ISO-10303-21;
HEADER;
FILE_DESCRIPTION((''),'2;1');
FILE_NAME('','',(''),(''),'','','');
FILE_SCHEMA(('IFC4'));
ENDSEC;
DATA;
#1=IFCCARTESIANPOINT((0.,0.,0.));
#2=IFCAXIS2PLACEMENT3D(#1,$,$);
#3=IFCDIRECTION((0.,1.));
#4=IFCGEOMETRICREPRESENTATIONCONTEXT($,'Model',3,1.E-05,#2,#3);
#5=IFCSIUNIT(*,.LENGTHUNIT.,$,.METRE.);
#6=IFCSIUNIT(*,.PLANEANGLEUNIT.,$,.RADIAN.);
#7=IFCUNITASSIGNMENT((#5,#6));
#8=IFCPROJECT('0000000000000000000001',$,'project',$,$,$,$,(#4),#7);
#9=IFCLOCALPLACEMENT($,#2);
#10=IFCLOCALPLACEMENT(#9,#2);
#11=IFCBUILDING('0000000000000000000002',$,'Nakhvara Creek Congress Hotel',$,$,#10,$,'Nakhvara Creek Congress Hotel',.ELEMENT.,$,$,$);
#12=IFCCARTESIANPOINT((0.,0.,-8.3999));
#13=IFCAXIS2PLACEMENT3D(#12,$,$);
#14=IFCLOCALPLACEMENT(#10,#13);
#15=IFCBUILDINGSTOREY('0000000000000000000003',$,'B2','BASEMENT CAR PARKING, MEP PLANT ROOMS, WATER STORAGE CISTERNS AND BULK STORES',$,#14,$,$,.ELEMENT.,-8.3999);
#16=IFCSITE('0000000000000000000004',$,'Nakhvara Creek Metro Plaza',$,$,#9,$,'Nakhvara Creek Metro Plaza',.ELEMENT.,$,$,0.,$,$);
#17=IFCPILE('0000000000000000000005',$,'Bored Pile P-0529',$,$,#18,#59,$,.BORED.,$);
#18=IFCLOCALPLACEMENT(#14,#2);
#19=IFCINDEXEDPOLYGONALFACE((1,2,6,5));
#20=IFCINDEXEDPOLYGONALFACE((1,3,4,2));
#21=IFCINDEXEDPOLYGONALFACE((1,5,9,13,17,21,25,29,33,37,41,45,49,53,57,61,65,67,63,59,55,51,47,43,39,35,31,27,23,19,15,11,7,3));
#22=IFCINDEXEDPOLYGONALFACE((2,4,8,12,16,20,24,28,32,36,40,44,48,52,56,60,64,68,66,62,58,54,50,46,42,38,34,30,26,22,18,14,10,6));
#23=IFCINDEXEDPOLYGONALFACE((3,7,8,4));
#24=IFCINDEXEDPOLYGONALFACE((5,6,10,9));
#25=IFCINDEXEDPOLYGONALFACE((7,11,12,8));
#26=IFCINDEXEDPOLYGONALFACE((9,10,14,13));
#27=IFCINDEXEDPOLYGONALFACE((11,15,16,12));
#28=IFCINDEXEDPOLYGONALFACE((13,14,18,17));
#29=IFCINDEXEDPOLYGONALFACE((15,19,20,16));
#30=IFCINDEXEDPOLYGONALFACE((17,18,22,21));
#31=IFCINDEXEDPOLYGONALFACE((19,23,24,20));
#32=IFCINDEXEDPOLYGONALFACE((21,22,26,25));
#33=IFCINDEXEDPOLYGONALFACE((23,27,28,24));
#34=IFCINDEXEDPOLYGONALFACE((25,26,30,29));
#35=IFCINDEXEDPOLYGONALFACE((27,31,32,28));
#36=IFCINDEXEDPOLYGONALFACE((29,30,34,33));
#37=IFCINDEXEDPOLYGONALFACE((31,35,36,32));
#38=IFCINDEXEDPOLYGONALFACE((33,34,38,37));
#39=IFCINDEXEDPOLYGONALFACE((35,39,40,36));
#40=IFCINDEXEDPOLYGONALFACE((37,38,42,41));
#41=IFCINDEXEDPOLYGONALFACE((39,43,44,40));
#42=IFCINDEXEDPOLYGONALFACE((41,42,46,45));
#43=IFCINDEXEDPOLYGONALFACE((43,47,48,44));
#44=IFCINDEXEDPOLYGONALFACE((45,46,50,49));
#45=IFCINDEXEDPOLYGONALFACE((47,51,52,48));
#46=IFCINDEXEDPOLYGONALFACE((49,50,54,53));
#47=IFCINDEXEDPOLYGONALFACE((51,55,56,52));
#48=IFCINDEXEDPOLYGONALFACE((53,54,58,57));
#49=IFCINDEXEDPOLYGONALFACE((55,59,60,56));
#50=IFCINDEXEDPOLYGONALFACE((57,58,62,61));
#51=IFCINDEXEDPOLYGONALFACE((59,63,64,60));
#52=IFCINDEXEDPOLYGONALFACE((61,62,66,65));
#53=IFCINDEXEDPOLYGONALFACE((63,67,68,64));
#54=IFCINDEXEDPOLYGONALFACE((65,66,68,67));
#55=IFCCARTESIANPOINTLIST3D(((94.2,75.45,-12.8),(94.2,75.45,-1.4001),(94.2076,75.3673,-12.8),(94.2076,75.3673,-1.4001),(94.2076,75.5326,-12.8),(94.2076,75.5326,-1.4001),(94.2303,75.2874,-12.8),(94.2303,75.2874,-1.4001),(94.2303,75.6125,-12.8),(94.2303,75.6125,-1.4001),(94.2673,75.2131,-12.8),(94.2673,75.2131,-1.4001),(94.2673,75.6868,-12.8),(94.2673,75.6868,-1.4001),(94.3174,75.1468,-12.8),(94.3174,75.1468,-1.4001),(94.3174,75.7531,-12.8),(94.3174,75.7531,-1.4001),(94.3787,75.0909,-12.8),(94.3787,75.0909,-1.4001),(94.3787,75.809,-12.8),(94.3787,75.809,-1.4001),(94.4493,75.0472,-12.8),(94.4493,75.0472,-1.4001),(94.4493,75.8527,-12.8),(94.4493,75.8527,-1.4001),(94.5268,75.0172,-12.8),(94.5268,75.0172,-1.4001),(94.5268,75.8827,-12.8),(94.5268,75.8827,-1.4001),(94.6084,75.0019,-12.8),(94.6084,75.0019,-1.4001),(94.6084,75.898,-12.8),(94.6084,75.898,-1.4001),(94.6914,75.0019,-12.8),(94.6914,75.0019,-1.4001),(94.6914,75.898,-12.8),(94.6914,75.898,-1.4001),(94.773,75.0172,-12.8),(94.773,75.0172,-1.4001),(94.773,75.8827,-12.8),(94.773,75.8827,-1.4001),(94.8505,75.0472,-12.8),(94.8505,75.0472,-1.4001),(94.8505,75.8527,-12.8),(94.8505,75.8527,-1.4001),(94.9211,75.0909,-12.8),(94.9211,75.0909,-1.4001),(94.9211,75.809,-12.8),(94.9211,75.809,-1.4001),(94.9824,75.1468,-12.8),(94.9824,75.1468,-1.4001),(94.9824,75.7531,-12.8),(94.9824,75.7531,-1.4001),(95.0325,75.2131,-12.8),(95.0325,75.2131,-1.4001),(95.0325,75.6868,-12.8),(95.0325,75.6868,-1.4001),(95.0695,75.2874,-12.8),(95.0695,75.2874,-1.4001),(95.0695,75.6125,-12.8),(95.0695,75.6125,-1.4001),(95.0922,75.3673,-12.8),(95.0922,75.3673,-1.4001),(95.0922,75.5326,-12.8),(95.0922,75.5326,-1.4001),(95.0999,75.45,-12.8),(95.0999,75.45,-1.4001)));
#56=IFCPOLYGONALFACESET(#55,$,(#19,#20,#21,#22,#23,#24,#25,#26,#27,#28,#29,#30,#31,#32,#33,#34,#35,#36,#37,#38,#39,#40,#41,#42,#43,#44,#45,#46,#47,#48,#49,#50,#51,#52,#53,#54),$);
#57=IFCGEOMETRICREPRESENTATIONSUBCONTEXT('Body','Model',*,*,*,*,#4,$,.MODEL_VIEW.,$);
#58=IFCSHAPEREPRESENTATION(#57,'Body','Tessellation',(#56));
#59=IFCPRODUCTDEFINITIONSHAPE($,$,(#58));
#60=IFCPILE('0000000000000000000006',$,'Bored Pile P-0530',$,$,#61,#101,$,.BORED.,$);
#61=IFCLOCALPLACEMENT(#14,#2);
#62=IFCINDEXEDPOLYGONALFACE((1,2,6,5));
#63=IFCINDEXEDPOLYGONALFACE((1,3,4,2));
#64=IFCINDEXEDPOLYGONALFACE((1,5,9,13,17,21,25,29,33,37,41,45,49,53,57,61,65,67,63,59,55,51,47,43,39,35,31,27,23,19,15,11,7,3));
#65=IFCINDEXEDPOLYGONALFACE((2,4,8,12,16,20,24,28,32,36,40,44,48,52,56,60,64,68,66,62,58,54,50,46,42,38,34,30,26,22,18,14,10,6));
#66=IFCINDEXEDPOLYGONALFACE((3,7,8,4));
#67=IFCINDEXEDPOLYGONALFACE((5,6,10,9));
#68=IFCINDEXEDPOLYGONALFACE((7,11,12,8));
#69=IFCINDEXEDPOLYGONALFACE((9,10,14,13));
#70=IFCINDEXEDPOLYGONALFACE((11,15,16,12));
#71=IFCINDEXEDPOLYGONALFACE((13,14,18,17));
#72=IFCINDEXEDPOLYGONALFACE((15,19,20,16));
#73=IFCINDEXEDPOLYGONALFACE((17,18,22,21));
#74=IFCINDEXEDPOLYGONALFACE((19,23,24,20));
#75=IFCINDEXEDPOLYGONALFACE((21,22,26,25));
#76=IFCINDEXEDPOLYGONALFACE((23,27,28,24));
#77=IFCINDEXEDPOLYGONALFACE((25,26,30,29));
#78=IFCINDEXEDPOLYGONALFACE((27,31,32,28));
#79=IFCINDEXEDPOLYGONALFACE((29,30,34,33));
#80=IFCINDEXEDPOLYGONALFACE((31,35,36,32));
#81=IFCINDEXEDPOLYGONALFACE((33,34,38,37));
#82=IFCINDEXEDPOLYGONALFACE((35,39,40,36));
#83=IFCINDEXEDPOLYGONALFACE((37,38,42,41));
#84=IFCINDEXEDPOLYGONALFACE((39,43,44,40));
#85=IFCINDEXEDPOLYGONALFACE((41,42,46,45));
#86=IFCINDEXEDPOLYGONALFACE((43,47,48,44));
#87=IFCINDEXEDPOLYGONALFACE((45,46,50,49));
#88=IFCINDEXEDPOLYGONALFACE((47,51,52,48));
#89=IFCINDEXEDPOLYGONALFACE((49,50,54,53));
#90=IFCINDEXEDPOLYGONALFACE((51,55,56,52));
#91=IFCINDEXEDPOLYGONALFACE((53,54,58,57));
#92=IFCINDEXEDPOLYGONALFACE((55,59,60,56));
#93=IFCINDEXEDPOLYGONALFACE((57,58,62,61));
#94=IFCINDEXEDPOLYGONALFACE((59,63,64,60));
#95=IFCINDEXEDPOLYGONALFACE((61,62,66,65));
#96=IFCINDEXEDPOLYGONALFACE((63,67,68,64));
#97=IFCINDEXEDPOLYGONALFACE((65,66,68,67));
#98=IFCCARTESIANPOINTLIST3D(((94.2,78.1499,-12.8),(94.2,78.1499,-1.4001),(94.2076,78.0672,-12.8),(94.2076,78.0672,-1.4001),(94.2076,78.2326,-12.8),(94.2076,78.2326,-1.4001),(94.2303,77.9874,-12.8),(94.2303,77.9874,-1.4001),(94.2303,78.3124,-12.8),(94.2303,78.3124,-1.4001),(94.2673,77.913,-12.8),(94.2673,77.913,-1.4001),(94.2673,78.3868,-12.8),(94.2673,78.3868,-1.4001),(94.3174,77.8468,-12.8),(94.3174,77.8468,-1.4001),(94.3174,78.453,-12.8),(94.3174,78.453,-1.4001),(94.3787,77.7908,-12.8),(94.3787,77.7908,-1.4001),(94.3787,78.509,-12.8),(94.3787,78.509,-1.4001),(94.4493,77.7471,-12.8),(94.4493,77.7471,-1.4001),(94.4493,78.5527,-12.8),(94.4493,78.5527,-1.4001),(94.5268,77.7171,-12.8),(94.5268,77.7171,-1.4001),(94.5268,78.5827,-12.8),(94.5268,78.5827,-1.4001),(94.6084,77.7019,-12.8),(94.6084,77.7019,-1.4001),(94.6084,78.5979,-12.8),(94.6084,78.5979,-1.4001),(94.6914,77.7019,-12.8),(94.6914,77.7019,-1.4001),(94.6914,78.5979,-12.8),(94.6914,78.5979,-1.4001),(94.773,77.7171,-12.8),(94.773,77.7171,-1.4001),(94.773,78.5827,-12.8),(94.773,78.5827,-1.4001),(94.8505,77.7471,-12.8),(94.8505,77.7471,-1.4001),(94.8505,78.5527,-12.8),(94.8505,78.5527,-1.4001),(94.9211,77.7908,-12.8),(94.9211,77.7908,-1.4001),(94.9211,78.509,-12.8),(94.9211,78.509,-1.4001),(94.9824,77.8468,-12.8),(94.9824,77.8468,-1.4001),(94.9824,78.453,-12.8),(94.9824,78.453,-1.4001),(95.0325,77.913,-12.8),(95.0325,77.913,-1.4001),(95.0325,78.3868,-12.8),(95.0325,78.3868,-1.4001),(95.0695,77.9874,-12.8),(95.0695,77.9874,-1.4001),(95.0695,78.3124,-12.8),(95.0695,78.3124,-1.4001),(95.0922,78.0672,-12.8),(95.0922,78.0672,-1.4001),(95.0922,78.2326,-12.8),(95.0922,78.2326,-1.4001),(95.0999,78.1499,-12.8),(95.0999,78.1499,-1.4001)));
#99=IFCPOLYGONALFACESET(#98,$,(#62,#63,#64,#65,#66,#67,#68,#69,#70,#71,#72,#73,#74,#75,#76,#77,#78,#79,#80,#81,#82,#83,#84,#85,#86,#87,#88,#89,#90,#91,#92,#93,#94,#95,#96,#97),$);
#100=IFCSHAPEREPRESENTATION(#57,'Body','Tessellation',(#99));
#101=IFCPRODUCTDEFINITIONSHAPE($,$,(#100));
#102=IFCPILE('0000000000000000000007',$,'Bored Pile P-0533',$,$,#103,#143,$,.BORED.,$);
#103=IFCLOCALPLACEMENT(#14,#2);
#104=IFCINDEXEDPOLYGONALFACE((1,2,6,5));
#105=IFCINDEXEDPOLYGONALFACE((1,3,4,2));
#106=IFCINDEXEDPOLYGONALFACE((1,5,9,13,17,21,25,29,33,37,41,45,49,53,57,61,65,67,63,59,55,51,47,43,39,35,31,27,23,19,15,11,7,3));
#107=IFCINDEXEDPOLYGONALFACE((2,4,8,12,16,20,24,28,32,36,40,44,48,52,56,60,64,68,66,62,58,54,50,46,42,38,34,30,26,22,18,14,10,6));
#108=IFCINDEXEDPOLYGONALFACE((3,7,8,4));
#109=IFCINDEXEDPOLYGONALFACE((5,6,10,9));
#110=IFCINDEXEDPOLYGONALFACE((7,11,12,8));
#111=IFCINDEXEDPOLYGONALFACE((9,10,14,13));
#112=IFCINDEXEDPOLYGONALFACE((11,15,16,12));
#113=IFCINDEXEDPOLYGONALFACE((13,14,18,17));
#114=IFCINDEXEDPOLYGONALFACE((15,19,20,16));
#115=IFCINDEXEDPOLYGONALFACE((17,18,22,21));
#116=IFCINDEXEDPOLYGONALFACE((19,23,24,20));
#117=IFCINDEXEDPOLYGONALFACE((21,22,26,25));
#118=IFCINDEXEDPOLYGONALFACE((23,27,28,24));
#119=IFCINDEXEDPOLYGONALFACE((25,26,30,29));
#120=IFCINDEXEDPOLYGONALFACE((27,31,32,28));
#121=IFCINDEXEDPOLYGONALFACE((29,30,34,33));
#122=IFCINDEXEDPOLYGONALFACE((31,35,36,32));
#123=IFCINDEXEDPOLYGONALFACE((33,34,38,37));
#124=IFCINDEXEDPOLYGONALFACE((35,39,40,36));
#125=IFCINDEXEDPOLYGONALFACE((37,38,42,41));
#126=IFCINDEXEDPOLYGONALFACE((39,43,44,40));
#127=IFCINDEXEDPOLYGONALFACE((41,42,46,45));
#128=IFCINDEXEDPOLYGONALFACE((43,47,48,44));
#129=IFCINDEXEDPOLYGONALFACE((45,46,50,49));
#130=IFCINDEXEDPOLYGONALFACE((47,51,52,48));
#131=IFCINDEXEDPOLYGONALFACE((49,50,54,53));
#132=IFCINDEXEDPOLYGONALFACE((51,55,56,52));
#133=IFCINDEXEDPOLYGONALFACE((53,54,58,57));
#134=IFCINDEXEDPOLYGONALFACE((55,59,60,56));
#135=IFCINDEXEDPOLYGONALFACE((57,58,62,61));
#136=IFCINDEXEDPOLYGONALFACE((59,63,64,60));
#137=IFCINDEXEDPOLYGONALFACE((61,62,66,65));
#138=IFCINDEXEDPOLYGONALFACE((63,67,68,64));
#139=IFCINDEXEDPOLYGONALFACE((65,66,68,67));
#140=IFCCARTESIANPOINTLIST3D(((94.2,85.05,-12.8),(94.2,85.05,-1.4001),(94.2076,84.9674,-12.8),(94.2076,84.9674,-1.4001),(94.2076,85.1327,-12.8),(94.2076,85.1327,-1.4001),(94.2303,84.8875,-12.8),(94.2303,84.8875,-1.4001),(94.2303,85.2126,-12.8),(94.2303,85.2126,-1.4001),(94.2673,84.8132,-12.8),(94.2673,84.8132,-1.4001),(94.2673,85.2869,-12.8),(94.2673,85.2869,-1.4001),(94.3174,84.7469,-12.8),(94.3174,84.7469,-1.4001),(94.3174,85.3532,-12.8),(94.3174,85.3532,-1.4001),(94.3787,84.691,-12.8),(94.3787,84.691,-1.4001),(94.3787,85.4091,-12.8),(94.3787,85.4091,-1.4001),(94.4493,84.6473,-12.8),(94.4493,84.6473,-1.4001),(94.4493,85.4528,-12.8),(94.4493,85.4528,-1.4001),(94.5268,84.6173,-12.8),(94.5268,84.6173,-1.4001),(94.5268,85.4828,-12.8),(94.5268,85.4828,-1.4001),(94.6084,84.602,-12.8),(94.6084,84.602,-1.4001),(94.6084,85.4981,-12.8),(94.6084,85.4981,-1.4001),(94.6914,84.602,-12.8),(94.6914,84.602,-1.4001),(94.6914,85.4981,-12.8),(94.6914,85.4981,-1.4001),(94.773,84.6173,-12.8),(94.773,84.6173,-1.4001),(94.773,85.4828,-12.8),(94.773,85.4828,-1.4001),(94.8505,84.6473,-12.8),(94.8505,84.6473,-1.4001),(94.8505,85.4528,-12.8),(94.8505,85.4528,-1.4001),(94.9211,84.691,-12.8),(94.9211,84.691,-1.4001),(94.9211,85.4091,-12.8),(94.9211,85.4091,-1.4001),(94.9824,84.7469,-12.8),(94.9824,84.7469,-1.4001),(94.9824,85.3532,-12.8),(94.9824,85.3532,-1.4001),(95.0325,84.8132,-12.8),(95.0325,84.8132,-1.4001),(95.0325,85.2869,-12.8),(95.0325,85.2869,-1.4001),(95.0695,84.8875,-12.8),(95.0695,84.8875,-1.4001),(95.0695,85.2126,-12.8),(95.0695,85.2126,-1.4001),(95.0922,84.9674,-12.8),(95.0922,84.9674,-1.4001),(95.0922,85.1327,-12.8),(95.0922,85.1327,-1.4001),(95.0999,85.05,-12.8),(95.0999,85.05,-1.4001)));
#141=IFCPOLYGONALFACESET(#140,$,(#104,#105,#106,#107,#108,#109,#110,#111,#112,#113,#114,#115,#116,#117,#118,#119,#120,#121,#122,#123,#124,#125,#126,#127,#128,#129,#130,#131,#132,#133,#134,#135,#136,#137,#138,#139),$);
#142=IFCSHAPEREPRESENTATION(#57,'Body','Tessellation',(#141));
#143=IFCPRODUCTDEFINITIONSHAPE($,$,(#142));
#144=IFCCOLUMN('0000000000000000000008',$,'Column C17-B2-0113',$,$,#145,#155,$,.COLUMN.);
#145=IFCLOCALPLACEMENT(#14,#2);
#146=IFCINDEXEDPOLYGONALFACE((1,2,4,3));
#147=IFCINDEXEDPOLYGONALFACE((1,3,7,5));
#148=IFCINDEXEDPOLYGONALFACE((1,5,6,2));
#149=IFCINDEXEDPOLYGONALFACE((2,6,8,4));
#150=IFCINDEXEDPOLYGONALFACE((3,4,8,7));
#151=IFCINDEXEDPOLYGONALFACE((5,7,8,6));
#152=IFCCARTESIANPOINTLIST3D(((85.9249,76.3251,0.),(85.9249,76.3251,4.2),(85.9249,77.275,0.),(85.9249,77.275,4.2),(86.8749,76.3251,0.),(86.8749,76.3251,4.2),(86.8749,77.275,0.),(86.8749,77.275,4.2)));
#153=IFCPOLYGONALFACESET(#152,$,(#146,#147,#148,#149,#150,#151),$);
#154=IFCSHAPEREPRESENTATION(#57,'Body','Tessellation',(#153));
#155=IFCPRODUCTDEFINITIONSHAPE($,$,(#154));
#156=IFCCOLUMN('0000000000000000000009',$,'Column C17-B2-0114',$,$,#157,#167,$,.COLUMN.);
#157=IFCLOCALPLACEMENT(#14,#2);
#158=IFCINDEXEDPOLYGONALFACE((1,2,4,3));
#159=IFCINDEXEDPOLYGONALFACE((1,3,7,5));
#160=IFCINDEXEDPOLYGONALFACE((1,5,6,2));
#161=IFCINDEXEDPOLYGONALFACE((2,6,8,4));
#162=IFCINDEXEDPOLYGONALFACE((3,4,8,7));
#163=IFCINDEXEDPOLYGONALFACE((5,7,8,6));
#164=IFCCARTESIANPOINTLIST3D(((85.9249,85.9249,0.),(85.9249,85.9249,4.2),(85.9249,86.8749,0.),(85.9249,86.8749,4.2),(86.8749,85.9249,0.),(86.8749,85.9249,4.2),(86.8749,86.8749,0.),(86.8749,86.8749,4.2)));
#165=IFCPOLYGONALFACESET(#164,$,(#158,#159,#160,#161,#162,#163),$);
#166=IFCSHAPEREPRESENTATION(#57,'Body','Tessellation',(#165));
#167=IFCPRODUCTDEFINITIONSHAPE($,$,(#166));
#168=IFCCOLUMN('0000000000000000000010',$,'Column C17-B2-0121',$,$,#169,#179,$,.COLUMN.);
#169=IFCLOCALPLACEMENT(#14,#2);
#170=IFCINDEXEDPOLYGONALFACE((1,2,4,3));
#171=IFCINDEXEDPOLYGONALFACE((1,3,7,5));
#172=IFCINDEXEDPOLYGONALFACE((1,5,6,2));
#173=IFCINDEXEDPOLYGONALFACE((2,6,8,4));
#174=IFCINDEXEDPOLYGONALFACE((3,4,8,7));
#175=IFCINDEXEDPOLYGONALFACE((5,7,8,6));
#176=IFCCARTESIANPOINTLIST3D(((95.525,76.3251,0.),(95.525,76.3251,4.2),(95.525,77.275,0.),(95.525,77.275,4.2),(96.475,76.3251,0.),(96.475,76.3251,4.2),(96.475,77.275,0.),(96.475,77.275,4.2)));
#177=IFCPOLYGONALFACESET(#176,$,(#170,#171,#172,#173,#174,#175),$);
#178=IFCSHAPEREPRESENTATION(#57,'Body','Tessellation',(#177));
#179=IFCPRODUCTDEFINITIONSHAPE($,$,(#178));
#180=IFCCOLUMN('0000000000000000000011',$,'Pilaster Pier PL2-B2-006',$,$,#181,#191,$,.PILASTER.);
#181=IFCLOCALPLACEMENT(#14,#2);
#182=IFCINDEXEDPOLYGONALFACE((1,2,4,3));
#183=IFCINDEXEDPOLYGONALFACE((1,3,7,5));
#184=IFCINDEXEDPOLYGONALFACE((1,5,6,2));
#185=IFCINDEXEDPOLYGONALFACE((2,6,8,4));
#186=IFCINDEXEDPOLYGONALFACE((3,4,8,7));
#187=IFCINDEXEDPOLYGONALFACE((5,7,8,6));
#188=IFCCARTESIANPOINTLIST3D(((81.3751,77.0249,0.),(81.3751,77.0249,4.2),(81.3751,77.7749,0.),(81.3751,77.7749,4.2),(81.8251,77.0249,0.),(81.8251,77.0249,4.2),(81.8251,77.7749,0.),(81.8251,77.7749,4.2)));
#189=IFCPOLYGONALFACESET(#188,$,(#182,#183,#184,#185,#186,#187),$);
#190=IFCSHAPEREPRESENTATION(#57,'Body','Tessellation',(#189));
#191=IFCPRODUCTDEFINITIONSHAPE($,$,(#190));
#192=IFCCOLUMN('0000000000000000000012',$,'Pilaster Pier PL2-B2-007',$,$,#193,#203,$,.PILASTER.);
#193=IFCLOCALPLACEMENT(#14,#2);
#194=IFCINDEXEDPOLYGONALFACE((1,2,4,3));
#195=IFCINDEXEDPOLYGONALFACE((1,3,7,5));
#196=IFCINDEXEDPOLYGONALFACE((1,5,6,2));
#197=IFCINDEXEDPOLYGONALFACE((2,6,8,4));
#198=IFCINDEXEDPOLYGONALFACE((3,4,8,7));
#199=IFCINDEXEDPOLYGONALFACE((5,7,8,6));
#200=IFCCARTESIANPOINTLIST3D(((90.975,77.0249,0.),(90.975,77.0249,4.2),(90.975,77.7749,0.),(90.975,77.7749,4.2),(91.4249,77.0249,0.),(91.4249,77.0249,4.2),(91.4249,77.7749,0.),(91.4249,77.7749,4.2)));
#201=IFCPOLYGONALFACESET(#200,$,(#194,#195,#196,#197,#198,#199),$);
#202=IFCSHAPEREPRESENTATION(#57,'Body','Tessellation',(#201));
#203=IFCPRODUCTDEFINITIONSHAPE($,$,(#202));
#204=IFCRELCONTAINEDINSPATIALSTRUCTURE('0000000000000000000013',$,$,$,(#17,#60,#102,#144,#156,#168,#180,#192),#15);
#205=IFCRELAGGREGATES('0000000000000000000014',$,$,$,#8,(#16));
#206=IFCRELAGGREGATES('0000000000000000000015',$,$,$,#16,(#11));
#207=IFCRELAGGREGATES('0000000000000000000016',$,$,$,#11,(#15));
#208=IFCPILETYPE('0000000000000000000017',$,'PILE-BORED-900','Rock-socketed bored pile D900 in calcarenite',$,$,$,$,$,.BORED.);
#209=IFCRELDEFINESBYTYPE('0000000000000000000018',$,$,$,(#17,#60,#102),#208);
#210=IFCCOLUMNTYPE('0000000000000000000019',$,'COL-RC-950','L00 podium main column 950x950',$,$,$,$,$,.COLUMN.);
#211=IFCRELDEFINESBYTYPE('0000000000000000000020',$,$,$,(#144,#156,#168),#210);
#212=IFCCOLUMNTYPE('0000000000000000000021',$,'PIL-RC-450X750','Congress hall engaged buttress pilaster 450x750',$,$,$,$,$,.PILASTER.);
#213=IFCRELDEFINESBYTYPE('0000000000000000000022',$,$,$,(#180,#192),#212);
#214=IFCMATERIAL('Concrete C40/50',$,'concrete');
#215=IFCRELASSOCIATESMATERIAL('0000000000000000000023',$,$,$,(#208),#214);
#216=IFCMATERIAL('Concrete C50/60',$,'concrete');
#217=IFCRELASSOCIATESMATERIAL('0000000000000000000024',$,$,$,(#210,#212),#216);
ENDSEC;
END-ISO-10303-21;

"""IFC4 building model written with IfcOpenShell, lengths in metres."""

from ifc_helpers import new_model, si_unit, direction, frame, origin, origin_2d, place, context, subcontext, project, spatial, rectangle, circle, extrude, material, material_profile, profile_set, type_object, element, save


model = new_model("IFC4")

# Units and contexts
model_context = context("Model", 3, precision=1e-05, world=origin(), true_north=direction((0.0, 1.0)))
body_context = subcontext(model_context, "Body", "Model", "MODEL_VIEW")
ifc_project = project(units=[si_unit("LENGTHUNIT", "METRE"), si_unit("PLANEANGLEUNIT", "RADIAN")], contexts=[model_context])

# Site, building, storey
site_placement = place(None, origin())
site = spatial("IfcSite", under=ifc_project, at=site_placement, Name="Nakhvara Creek Metro Plaza", LongName="Nakhvara Creek Metro Plaza", CompositionType="ELEMENT", RefElevation=0.0)
building_placement = place(site_placement, origin())
building = spatial("IfcBuilding", under=site, at=building_placement, Name="Nakhvara Creek Congress Hotel", LongName="Nakhvara Creek Congress Hotel", CompositionType="ELEMENT")
storey_placement = place(building_placement, frame((0.0, 0.0, -8.3999)))
storey = spatial("IfcBuildingStorey", under=building, at=storey_placement, Name="B2", Description="BASEMENT CAR PARKING, MEP PLANT ROOMS, WATER STORAGE CISTERNS AND BULK STORES", CompositionType="ELEMENT", Elevation=-8.3999)

# Shared definitions
ifc_material_1 = material(Name="Concrete C40/50", Category="concrete")

# Piles
ifc_material_profile_1 = material_profile(ifc_material_1, circle(Radius=0.45, at=origin_2d()), Name="BORED PILE D900", Category="LoadBearing")
ifc_profile_set_1 = profile_set([ifc_material_profile_1], Name="Concrete C40/50")
pile_type = type_object("IfcPileType", Name="PILE-BORED-900", Description="Rock-socketed bored pile D900 in calcarenite", PredefinedType="BORED", material=ifc_profile_set_1)
for number, where, z_axis, x_axis, name in (
    (1, (94.6499, 75.45, -1.4001), (0.0, 0.0, -1.0), (1.0, 0.0, 0.0), "Bored Pile P-0529"),
    (2, (94.6499, 78.1499, -1.4001), (0.0, 0.0, -1.0), (1.0, 0.0, 0.0), "Bored Pile P-0530"),
    (3, (94.6499, 85.05, -1.4001), (0.0, 0.0, -1.0), (1.0, 0.0, 0.0), "Bored Pile P-0533"),
):
    element("IfcPile", number, at=place(storey_placement, frame(where, z_axis=z_axis, x_axis=x_axis)), inside=storey, type_object=pile_type, Name=name, PredefinedType="BORED", context=body_context, shape_type="SweptSolid", body=[
        extrude(circle(Radius=0.45, at=origin_2d()), origin(), (0.0, 0.0, 1.0), 11.3999),
    ])

# Columns
ifc_material_2 = material(Name="Concrete C50/60", Category="concrete")
ifc_material_profile_2 = material_profile(ifc_material_2, rectangle(XDim=0.95, YDim=0.95, at=origin_2d()), Name="RC-COL 950x950", Category="LoadBearing")
ifc_profile_set_2 = profile_set([ifc_material_profile_2], Name="Concrete C50/60")
column_type_1 = type_object("IfcColumnType", Name="COL-RC-950", Description="L00 podium main column 950x950", PredefinedType="COLUMN", material=ifc_profile_set_2)
for number, where, z_axis, x_axis, name in (
    (4, (86.3999, 76.8, 0.0), (0.0, 0.0, 1.0), (1.0, 0.0, 0.0), "Column C17-B2-0113"),
    (5, (86.3999, 86.3999, 0.0), (0.0, 0.0, 1.0), (1.0, 0.0, 0.0), "Column C17-B2-0114"),
    (6, (96.0, 76.8, 0.0), (0.0, 0.0, 1.0), (1.0, 0.0, 0.0), "Column C17-B2-0121"),
):
    element("IfcColumn", number, at=place(storey_placement, frame(where, z_axis=z_axis, x_axis=x_axis)), inside=storey, type_object=column_type_1, Name=name, PredefinedType="COLUMN", context=body_context, shape_type="SweptSolid", body=[
        extrude(rectangle(XDim=0.95, YDim=0.95, at=origin_2d()), origin(), (0.0, 0.0, 1.0), 4.2),
    ])
ifc_material_profile_3 = material_profile(ifc_material_2, rectangle(XDim=0.45, YDim=0.75, at=origin_2d()), Name="RC-PIL 450x750", Category="LoadBearing")
ifc_profile_set_3 = profile_set([ifc_material_profile_3], Name="Concrete C50/60")
column_type_2 = type_object("IfcColumnType", Name="PIL-RC-450X750", Description="Congress hall engaged buttress pilaster 450x750", PredefinedType="PILASTER", material=ifc_profile_set_3)
for number, where, z_axis, x_axis, name in (
    (7, (81.6001, 77.3999, 0.0), (0.0, 0.0, 1.0), (1.0, 0.0, 0.0), "Pilaster Pier PL2-B2-006"),
    (8, (91.2, 77.3999, 0.0), (0.0, 0.0, 1.0), (1.0, 0.0, 0.0), "Pilaster Pier PL2-B2-007"),
):
    element("IfcColumn", number, at=place(storey_placement, frame(where, z_axis=z_axis, x_axis=x_axis)), inside=storey, type_object=column_type_2, Name=name, PredefinedType="PILASTER", context=body_context, shape_type="SweptSolid", body=[
        extrude(rectangle(XDim=0.45, YDim=0.75, at=origin_2d()), origin(), (0.0, 0.0, 1.0), 4.2),
    ])

save(model, "model.ifc")
